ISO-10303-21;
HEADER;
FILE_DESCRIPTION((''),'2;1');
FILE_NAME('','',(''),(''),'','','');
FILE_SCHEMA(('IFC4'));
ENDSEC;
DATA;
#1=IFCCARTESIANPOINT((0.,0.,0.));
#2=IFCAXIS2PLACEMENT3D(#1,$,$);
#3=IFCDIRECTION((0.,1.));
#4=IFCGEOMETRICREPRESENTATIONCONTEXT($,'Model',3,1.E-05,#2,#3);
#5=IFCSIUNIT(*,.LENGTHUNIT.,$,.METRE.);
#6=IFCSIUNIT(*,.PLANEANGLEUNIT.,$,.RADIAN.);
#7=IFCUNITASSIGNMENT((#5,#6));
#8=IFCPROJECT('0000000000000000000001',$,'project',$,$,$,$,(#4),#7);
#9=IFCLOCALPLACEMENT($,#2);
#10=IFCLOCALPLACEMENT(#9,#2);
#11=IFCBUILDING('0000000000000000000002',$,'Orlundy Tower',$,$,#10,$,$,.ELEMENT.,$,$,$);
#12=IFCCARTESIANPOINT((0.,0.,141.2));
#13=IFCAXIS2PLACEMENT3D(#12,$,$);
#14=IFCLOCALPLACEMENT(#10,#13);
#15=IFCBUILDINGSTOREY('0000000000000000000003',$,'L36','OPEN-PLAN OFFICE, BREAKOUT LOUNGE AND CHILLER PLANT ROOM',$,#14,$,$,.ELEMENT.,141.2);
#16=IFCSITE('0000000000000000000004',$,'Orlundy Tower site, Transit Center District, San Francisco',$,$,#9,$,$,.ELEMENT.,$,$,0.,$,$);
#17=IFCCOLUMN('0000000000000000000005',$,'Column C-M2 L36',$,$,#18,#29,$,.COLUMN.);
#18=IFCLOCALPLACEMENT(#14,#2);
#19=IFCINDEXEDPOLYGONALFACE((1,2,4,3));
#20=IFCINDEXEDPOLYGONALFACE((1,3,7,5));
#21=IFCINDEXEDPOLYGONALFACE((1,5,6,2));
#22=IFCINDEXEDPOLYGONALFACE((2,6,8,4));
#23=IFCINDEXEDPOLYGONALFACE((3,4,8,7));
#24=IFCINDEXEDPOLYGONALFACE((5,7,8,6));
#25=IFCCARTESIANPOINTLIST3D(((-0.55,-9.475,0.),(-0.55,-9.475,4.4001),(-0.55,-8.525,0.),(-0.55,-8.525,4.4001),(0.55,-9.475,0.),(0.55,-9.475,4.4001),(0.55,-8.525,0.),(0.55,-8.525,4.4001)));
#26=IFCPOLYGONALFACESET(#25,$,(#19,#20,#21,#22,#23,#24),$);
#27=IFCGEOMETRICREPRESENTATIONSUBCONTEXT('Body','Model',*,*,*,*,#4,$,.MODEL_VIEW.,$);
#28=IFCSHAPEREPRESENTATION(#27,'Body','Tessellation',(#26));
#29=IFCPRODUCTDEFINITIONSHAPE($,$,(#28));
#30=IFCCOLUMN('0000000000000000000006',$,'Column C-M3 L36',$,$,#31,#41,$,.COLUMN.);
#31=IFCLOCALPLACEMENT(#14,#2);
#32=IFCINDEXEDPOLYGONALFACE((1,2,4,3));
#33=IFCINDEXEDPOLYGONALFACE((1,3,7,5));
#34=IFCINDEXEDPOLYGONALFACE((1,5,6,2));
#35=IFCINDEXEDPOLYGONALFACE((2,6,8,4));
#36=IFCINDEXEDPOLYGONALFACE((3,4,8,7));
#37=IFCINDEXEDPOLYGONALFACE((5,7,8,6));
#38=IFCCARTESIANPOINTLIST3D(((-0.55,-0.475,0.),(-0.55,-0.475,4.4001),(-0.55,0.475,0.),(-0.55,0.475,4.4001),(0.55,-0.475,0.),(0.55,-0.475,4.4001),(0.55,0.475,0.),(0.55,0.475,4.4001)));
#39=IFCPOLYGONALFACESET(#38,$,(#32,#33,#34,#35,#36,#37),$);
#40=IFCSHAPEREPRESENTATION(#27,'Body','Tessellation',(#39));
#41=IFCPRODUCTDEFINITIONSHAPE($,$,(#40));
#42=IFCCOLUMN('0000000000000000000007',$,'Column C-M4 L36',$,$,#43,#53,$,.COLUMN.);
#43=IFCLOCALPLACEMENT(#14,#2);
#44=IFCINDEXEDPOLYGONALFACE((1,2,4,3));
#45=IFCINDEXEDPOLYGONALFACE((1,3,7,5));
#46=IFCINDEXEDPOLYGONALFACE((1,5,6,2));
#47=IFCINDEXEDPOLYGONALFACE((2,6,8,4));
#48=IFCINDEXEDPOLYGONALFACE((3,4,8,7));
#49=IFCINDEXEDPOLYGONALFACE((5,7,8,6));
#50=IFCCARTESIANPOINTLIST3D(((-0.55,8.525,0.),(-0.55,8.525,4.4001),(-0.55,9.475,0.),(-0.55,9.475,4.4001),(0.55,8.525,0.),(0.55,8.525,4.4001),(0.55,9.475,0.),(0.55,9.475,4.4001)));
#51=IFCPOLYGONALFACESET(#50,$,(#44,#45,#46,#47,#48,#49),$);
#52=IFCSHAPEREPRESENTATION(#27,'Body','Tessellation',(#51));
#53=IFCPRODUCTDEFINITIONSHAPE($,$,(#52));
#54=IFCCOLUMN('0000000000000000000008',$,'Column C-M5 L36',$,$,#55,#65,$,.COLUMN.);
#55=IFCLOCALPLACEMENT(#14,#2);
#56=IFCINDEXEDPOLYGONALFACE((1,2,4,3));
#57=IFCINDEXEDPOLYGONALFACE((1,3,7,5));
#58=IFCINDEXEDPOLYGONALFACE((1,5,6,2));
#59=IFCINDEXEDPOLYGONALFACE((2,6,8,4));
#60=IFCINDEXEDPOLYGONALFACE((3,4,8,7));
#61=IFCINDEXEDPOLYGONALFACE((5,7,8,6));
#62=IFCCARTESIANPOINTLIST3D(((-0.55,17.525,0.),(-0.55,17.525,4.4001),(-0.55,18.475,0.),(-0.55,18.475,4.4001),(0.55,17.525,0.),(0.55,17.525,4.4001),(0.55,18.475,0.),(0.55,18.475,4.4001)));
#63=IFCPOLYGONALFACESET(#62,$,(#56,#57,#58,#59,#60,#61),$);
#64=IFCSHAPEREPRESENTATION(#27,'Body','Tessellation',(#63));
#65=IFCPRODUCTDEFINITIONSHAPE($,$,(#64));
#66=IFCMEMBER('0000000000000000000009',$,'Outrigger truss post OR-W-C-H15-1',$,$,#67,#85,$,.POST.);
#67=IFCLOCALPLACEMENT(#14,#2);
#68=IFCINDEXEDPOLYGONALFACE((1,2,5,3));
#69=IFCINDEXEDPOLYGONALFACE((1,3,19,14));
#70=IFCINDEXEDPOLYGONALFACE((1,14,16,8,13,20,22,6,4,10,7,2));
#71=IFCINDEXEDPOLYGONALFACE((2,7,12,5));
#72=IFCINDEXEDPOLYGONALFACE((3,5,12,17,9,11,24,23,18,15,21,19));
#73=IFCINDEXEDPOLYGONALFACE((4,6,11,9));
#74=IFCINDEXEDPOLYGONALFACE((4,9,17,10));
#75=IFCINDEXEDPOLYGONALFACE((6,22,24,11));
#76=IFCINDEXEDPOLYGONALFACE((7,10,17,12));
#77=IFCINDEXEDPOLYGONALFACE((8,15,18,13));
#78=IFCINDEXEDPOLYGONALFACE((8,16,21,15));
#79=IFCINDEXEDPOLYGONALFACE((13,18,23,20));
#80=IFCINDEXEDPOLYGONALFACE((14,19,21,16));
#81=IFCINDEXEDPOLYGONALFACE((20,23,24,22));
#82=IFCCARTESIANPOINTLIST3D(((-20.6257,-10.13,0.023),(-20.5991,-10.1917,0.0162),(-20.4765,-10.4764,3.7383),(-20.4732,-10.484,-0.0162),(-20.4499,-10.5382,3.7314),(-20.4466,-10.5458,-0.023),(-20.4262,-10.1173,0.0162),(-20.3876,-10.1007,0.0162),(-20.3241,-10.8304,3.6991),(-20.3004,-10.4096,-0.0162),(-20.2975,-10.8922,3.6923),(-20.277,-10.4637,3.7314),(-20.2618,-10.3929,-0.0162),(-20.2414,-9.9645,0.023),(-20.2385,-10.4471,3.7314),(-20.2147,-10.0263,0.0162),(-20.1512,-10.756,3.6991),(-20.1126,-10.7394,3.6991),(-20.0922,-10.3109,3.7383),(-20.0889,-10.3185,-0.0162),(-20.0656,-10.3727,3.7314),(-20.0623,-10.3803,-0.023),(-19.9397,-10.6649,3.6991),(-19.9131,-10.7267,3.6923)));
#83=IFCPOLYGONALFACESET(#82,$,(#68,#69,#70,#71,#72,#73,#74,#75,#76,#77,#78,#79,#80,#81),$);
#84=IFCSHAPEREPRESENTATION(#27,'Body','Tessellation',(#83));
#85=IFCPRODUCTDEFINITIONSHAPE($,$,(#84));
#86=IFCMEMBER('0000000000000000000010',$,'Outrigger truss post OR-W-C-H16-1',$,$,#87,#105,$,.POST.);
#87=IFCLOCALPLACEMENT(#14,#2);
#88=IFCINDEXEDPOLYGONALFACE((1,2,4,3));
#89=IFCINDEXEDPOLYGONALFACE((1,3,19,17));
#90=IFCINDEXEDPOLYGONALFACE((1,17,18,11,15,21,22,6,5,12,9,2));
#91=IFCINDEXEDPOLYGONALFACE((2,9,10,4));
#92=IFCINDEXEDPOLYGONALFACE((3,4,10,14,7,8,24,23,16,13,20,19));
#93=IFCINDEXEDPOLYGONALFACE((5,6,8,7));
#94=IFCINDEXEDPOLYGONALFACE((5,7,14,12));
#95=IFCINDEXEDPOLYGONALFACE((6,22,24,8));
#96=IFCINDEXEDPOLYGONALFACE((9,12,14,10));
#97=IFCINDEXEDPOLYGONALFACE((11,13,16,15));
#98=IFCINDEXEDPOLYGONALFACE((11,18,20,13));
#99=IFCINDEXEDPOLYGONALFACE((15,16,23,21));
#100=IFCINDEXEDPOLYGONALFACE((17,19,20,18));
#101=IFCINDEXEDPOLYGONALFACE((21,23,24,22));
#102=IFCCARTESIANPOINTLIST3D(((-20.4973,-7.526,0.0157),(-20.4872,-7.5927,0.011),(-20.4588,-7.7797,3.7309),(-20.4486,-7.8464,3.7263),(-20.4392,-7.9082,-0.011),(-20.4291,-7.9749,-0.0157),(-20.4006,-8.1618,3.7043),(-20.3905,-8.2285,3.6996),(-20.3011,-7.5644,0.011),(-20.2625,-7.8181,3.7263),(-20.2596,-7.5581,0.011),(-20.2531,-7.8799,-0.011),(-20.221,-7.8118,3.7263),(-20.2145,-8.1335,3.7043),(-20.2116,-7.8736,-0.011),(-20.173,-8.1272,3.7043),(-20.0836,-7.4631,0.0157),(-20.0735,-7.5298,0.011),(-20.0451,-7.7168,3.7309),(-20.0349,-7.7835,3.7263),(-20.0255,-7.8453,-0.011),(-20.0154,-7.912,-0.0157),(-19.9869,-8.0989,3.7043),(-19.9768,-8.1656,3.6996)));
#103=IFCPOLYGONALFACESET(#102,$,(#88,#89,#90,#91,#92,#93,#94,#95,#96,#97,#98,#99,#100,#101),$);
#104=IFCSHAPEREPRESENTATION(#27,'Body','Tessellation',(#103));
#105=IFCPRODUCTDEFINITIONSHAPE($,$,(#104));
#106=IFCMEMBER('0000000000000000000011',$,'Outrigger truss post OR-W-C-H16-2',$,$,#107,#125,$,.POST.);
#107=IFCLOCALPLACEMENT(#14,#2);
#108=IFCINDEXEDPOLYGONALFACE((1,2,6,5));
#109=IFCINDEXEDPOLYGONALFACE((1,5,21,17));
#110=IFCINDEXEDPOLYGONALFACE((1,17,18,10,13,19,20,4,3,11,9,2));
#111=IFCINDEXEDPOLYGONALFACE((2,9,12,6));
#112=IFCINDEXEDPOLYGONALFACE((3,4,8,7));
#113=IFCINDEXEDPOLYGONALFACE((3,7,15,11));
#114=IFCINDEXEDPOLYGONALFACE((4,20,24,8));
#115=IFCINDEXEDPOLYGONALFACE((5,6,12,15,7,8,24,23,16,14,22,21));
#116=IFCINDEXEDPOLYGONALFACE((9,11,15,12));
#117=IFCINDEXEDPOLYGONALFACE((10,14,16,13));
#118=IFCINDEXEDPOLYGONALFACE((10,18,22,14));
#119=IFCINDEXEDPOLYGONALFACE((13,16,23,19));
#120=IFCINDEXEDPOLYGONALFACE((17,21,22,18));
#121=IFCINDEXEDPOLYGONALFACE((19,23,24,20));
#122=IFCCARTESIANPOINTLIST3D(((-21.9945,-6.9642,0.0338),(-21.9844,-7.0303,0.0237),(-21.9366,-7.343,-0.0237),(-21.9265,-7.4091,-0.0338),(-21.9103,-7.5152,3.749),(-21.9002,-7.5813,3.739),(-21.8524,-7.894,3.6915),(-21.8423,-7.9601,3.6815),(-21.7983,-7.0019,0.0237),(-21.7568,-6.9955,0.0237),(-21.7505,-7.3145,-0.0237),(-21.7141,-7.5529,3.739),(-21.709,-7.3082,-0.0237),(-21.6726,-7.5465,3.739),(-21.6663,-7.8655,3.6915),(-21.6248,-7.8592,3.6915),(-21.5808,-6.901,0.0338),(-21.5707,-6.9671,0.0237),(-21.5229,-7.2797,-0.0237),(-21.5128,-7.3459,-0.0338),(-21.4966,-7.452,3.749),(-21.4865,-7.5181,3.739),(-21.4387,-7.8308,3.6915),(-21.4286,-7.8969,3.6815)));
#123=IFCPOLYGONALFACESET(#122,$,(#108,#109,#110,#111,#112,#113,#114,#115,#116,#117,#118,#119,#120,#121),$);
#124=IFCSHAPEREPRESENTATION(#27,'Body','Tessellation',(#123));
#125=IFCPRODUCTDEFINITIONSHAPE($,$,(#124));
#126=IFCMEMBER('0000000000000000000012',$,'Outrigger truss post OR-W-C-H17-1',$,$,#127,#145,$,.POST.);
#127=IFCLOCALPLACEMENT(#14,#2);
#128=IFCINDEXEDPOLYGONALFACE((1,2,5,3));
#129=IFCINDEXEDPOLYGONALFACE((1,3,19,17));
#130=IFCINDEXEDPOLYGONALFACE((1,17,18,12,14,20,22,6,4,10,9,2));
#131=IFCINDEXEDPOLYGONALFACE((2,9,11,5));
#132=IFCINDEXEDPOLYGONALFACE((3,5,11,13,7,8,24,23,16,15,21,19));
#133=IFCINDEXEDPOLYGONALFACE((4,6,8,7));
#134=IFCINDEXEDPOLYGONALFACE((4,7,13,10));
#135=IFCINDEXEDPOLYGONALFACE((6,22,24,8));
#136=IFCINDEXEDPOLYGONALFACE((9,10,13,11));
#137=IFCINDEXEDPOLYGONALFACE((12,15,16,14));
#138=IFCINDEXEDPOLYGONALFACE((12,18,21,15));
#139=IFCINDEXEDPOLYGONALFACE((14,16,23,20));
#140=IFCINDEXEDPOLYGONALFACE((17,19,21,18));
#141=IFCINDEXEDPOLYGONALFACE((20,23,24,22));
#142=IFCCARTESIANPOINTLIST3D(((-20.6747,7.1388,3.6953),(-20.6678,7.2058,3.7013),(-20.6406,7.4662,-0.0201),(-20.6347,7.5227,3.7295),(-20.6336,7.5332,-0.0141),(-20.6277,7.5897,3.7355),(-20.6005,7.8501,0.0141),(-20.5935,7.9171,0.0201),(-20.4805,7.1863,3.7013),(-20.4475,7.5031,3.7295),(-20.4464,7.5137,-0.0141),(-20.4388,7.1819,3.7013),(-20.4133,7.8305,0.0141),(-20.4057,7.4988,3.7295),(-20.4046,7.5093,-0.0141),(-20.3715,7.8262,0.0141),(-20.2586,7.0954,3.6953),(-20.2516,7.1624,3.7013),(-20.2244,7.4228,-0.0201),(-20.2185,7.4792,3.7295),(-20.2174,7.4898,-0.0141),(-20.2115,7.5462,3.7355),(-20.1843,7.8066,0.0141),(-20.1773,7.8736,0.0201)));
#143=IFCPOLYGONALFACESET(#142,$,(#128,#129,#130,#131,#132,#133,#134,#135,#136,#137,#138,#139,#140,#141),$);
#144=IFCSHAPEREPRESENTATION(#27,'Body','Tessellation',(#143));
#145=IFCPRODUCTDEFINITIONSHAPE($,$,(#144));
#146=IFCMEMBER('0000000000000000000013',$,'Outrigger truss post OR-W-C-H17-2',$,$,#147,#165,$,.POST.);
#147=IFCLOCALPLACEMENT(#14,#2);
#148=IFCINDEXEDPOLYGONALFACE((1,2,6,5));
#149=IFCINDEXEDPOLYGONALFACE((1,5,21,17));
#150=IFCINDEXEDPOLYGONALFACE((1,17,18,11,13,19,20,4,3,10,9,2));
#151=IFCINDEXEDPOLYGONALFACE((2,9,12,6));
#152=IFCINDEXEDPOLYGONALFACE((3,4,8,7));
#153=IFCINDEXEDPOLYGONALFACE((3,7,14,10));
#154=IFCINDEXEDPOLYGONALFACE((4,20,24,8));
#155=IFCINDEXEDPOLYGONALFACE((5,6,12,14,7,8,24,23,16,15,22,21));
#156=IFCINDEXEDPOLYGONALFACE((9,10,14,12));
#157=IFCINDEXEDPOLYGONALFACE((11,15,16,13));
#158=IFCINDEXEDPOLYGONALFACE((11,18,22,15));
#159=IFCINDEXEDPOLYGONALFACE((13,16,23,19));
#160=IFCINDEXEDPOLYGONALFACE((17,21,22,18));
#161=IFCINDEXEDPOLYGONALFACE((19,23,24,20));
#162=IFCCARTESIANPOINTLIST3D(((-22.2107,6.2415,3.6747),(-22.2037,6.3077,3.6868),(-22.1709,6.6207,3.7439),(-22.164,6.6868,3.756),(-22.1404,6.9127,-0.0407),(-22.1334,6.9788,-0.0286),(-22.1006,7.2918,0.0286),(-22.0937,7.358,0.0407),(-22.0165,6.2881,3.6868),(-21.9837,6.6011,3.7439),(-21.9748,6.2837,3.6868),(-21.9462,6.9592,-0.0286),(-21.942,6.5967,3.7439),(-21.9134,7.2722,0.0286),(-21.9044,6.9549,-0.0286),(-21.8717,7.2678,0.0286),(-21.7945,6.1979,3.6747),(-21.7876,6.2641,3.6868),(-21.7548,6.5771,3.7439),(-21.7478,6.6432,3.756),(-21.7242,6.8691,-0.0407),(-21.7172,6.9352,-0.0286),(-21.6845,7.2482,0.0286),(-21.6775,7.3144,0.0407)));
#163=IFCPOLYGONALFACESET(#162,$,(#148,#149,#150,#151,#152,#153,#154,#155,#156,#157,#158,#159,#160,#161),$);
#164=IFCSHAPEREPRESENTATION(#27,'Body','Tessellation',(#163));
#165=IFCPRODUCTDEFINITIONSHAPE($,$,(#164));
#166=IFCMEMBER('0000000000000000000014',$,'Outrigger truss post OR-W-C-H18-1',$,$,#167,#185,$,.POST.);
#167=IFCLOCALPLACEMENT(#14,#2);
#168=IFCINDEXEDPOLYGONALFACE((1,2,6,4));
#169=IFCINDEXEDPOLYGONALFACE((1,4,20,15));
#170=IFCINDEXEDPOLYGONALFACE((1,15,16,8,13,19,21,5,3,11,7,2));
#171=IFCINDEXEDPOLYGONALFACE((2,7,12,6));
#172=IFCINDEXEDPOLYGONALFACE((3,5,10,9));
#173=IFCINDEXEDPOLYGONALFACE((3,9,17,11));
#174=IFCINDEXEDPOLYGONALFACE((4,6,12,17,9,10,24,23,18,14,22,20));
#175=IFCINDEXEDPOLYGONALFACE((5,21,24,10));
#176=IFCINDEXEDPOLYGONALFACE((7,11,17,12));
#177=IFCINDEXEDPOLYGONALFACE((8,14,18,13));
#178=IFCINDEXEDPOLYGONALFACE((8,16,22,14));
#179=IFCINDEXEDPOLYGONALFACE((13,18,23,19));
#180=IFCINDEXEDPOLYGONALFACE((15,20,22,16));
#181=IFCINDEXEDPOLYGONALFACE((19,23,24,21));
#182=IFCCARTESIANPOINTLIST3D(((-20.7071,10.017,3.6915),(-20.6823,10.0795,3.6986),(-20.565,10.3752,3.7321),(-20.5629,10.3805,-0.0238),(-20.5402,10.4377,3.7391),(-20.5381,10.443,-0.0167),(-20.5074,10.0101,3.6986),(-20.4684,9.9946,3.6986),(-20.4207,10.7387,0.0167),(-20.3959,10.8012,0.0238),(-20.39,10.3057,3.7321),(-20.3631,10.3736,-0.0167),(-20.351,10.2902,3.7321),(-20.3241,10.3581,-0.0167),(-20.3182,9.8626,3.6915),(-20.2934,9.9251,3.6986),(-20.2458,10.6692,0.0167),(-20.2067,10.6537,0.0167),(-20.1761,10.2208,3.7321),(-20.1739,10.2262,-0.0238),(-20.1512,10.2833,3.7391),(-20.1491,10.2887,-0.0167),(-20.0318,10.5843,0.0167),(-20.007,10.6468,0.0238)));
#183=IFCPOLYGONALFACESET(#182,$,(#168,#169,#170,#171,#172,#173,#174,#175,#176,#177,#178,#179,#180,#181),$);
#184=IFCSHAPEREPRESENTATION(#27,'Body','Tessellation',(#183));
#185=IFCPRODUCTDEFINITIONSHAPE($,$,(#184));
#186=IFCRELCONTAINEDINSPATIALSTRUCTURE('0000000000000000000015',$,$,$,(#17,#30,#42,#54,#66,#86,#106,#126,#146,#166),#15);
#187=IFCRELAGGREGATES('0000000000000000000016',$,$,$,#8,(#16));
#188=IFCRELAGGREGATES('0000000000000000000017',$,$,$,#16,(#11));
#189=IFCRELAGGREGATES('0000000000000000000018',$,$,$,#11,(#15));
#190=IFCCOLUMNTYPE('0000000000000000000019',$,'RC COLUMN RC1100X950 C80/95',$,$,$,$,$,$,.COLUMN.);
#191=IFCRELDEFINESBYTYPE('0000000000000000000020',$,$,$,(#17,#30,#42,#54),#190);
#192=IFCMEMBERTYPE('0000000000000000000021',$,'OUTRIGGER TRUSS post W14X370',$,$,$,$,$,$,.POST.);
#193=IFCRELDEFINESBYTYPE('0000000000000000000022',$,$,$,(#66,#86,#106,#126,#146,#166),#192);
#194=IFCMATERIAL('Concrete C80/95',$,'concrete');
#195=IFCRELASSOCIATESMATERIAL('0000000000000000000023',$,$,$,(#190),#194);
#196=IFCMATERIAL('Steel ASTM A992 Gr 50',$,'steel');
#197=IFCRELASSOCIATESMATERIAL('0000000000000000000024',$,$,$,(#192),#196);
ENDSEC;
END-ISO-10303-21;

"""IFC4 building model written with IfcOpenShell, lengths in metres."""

from ifc_helpers import new_model, si_unit, direction, frame, origin, origin_2d, place, context, subcontext, project, spatial, rectangle, i_section, extrude, material, material_profile, profile_set, type_object, element, save


model = new_model("IFC4")

# Units and contexts
model_context = context("Model", 3, precision=1e-05, world=origin(), true_north=direction((0.0, 1.0)))
body_context = subcontext(model_context, "Body", "Model", "MODEL_VIEW")
ifc_project = project(units=[si_unit("LENGTHUNIT", "METRE"), si_unit("PLANEANGLEUNIT", "RADIAN")], contexts=[model_context])

# Site, building, storey
site_placement = place(None, origin())
site = spatial("IfcSite", under=ifc_project, at=site_placement, Name="Orlundy Tower site, Transit Center District, San Francisco", CompositionType="ELEMENT", RefElevation=0.0)
building_placement = place(site_placement, origin())
building = spatial("IfcBuilding", under=site, at=building_placement, Name="Orlundy Tower", CompositionType="ELEMENT")
storey_placement = place(building_placement, frame((0.0, 0.0, 141.2)))
storey = spatial("IfcBuildingStorey", under=building, at=storey_placement, Name="L36", Description="OPEN-PLAN OFFICE, BREAKOUT LOUNGE AND CHILLER PLANT ROOM", CompositionType="ELEMENT", Elevation=141.2)

# Columns
ifc_material_1 = material(Name="Concrete C80/95", Category="concrete")
ifc_material_profile_1 = material_profile(ifc_material_1, rectangle(XDim=1.1001, YDim=0.95, at=origin_2d()), Name="RC1100X950")
ifc_profile_set_1 = profile_set([ifc_material_profile_1], Name="Concrete C80/95")
column_type = type_object("IfcColumnType", Name="RC COLUMN RC1100X950 C80/95", PredefinedType="COLUMN", material=ifc_profile_set_1)
for number, where, z_axis, x_axis, name in (
    (1, (0.0, -9.0, 0.0), (0.0, 0.0, 1.0), (1.0, 0.0, 0.0), "Column C-M2 L36"),
    (2, (0.0, 0.0, 0.0), (0.0, 0.0, 1.0), (1.0, 0.0, 0.0), "Column C-M3 L36"),
    (3, (0.0, 9.0, 0.0), (0.0, 0.0, 1.0), (1.0, 0.0, 0.0), "Column C-M4 L36"),
    (4, (0.0, 18.0, 0.0), (0.0, 0.0, 1.0), (1.0, 0.0, 0.0), "Column C-M5 L36"),
):
    element("IfcColumn", number, at=place(storey_placement, frame(where, z_axis=z_axis, x_axis=x_axis)), inside=storey, type_object=column_type, Name=name, PredefinedType="COLUMN", context=body_context, shape_type="SweptSolid", body=[
        extrude(rectangle(XDim=1.1001, YDim=0.95, at=origin_2d()), origin(), (0.0, 0.0, 1.0), 4.4001),
    ])

# Members
ifc_material_2 = material(Name="Steel ASTM A992 Gr 50", Category="steel")
ifc_material_profile_2 = material_profile(ifc_material_2, i_section(OverallWidth=0.4185, OverallDepth=0.4551, WebThickness=0.042, FlangeThickness=0.0676, at=origin_2d()), Name="W14X370")
ifc_profile_set_2 = profile_set([ifc_material_profile_2], Name="Steel ASTM A992 Gr 50")
member_type = type_object("IfcMemberType", Name="OUTRIGGER TRUSS post W14X370", PredefinedType="POST", material=ifc_profile_set_2)
member_1_placement = place(storey_placement, frame((-20.344, -10.2551, 0.0), z_axis=(0.039945, -0.092768, 0.994886), x_axis=(0.918474, 0.395481, 0.0)))
element("IfcMember", 5, at=member_1_placement, inside=storey, type_object=member_type, Name="Outrigger truss post OR-W-C-H15-1", PredefinedType="POST", context=body_context, shape_type="SweptSolid", body=[
    extrude(i_section(OverallWidth=0.4185, OverallDepth=0.4551, WebThickness=0.042, FlangeThickness=0.0676, at=origin_2d()), origin(), (0.0, 0.0, 1.0), 3.7344),
])
member_2_placement = place(storey_placement, frame((-20.2563, -7.719, 0.0), z_axis=(0.010358, -0.068112, 0.997624), x_axis=(0.988634, 0.150341, 0.0)))
element("IfcMember", 6, at=member_2_placement, inside=storey, type_object=member_type, Name="Outrigger truss post OR-W-C-H16-1", PredefinedType="POST", context=body_context, shape_type="SweptSolid", body=[
    extrude(i_section(OverallWidth=0.4185, OverallDepth=0.4551, WebThickness=0.042, FlangeThickness=0.0676, at=origin_2d()), origin(), (0.0, 0.0, 1.0), 3.7241),
])
member_3_placement = place(storey_placement, frame((-21.7537, -7.155, 0.0), z_axis=(0.02242, -0.14667, 0.988931), x_axis=(0.988518, 0.151103, 0.0)))
element("IfcMember", 7, at=member_3_placement, inside=storey, type_object=member_type, Name="Outrigger truss post OR-W-C-H16-2", PredefinedType="POST", context=body_context, shape_type="SweptSolid", body=[
    extrude(i_section(OverallWidth=0.4185, OverallDepth=0.4551, WebThickness=0.042, FlangeThickness=0.0676, at=origin_2d()), origin(), (0.0, 0.0, 1.0), 3.7568),
])
member_4_placement = place(storey_placement, frame((-20.4089, 7.6699, 0.0), z_axis=(-0.009164, -0.087776, 0.996098), x_axis=(0.994594, -0.103835, 0.0)))
element("IfcMember", 8, at=member_4_placement, inside=storey, type_object=member_type, Name="Outrigger truss post OR-W-C-H17-1", PredefinedType="POST", context=body_context, shape_type="SweptSolid", body=[
    extrude(i_section(OverallWidth=0.4185, OverallDepth=0.4551, WebThickness=0.042, FlangeThickness=0.0676, at=origin_2d()), origin(), (0.0, 0.0, 1.0), 3.73),
])
member_5_placement = place(storey_placement, frame((-21.9089, 7.1135, 0.0), z_axis=(-0.01862, -0.177733, 0.983902), x_axis=(0.994557, -0.104195, 0.0)))
element("IfcMember", 9, at=member_5_placement, inside=storey, type_object=member_type, Name="Outrigger truss post OR-W-C-H17-2", PredefinedType="POST", context=body_context, shape_type="SweptSolid", body=[
    extrude(i_section(OverallWidth=0.4185, OverallDepth=0.4551, WebThickness=0.042, FlangeThickness=0.0676, at=origin_2d()), origin(), (0.0, 0.0, 1.0), 3.7761),
])
member_6_placement = place(storey_placement, frame((-20.2849, 10.5137, 0.0), z_axis=(-0.038622, -0.097307, 0.994505), x_axis=(0.929464, -0.368914, 0.0)))
element("IfcMember", 10, at=member_6_placement, inside=storey, type_object=member_type, Name="Outrigger truss post OR-W-C-H18-1", PredefinedType="POST", context=body_context, shape_type="SweptSolid", body=[
    extrude(i_section(OverallWidth=0.4185, OverallDepth=0.4551, WebThickness=0.042, FlangeThickness=0.0676, at=origin_2d()), origin(), (0.0, 0.0, 1.0), 3.7358),
])

save(model, "model.ifc")
